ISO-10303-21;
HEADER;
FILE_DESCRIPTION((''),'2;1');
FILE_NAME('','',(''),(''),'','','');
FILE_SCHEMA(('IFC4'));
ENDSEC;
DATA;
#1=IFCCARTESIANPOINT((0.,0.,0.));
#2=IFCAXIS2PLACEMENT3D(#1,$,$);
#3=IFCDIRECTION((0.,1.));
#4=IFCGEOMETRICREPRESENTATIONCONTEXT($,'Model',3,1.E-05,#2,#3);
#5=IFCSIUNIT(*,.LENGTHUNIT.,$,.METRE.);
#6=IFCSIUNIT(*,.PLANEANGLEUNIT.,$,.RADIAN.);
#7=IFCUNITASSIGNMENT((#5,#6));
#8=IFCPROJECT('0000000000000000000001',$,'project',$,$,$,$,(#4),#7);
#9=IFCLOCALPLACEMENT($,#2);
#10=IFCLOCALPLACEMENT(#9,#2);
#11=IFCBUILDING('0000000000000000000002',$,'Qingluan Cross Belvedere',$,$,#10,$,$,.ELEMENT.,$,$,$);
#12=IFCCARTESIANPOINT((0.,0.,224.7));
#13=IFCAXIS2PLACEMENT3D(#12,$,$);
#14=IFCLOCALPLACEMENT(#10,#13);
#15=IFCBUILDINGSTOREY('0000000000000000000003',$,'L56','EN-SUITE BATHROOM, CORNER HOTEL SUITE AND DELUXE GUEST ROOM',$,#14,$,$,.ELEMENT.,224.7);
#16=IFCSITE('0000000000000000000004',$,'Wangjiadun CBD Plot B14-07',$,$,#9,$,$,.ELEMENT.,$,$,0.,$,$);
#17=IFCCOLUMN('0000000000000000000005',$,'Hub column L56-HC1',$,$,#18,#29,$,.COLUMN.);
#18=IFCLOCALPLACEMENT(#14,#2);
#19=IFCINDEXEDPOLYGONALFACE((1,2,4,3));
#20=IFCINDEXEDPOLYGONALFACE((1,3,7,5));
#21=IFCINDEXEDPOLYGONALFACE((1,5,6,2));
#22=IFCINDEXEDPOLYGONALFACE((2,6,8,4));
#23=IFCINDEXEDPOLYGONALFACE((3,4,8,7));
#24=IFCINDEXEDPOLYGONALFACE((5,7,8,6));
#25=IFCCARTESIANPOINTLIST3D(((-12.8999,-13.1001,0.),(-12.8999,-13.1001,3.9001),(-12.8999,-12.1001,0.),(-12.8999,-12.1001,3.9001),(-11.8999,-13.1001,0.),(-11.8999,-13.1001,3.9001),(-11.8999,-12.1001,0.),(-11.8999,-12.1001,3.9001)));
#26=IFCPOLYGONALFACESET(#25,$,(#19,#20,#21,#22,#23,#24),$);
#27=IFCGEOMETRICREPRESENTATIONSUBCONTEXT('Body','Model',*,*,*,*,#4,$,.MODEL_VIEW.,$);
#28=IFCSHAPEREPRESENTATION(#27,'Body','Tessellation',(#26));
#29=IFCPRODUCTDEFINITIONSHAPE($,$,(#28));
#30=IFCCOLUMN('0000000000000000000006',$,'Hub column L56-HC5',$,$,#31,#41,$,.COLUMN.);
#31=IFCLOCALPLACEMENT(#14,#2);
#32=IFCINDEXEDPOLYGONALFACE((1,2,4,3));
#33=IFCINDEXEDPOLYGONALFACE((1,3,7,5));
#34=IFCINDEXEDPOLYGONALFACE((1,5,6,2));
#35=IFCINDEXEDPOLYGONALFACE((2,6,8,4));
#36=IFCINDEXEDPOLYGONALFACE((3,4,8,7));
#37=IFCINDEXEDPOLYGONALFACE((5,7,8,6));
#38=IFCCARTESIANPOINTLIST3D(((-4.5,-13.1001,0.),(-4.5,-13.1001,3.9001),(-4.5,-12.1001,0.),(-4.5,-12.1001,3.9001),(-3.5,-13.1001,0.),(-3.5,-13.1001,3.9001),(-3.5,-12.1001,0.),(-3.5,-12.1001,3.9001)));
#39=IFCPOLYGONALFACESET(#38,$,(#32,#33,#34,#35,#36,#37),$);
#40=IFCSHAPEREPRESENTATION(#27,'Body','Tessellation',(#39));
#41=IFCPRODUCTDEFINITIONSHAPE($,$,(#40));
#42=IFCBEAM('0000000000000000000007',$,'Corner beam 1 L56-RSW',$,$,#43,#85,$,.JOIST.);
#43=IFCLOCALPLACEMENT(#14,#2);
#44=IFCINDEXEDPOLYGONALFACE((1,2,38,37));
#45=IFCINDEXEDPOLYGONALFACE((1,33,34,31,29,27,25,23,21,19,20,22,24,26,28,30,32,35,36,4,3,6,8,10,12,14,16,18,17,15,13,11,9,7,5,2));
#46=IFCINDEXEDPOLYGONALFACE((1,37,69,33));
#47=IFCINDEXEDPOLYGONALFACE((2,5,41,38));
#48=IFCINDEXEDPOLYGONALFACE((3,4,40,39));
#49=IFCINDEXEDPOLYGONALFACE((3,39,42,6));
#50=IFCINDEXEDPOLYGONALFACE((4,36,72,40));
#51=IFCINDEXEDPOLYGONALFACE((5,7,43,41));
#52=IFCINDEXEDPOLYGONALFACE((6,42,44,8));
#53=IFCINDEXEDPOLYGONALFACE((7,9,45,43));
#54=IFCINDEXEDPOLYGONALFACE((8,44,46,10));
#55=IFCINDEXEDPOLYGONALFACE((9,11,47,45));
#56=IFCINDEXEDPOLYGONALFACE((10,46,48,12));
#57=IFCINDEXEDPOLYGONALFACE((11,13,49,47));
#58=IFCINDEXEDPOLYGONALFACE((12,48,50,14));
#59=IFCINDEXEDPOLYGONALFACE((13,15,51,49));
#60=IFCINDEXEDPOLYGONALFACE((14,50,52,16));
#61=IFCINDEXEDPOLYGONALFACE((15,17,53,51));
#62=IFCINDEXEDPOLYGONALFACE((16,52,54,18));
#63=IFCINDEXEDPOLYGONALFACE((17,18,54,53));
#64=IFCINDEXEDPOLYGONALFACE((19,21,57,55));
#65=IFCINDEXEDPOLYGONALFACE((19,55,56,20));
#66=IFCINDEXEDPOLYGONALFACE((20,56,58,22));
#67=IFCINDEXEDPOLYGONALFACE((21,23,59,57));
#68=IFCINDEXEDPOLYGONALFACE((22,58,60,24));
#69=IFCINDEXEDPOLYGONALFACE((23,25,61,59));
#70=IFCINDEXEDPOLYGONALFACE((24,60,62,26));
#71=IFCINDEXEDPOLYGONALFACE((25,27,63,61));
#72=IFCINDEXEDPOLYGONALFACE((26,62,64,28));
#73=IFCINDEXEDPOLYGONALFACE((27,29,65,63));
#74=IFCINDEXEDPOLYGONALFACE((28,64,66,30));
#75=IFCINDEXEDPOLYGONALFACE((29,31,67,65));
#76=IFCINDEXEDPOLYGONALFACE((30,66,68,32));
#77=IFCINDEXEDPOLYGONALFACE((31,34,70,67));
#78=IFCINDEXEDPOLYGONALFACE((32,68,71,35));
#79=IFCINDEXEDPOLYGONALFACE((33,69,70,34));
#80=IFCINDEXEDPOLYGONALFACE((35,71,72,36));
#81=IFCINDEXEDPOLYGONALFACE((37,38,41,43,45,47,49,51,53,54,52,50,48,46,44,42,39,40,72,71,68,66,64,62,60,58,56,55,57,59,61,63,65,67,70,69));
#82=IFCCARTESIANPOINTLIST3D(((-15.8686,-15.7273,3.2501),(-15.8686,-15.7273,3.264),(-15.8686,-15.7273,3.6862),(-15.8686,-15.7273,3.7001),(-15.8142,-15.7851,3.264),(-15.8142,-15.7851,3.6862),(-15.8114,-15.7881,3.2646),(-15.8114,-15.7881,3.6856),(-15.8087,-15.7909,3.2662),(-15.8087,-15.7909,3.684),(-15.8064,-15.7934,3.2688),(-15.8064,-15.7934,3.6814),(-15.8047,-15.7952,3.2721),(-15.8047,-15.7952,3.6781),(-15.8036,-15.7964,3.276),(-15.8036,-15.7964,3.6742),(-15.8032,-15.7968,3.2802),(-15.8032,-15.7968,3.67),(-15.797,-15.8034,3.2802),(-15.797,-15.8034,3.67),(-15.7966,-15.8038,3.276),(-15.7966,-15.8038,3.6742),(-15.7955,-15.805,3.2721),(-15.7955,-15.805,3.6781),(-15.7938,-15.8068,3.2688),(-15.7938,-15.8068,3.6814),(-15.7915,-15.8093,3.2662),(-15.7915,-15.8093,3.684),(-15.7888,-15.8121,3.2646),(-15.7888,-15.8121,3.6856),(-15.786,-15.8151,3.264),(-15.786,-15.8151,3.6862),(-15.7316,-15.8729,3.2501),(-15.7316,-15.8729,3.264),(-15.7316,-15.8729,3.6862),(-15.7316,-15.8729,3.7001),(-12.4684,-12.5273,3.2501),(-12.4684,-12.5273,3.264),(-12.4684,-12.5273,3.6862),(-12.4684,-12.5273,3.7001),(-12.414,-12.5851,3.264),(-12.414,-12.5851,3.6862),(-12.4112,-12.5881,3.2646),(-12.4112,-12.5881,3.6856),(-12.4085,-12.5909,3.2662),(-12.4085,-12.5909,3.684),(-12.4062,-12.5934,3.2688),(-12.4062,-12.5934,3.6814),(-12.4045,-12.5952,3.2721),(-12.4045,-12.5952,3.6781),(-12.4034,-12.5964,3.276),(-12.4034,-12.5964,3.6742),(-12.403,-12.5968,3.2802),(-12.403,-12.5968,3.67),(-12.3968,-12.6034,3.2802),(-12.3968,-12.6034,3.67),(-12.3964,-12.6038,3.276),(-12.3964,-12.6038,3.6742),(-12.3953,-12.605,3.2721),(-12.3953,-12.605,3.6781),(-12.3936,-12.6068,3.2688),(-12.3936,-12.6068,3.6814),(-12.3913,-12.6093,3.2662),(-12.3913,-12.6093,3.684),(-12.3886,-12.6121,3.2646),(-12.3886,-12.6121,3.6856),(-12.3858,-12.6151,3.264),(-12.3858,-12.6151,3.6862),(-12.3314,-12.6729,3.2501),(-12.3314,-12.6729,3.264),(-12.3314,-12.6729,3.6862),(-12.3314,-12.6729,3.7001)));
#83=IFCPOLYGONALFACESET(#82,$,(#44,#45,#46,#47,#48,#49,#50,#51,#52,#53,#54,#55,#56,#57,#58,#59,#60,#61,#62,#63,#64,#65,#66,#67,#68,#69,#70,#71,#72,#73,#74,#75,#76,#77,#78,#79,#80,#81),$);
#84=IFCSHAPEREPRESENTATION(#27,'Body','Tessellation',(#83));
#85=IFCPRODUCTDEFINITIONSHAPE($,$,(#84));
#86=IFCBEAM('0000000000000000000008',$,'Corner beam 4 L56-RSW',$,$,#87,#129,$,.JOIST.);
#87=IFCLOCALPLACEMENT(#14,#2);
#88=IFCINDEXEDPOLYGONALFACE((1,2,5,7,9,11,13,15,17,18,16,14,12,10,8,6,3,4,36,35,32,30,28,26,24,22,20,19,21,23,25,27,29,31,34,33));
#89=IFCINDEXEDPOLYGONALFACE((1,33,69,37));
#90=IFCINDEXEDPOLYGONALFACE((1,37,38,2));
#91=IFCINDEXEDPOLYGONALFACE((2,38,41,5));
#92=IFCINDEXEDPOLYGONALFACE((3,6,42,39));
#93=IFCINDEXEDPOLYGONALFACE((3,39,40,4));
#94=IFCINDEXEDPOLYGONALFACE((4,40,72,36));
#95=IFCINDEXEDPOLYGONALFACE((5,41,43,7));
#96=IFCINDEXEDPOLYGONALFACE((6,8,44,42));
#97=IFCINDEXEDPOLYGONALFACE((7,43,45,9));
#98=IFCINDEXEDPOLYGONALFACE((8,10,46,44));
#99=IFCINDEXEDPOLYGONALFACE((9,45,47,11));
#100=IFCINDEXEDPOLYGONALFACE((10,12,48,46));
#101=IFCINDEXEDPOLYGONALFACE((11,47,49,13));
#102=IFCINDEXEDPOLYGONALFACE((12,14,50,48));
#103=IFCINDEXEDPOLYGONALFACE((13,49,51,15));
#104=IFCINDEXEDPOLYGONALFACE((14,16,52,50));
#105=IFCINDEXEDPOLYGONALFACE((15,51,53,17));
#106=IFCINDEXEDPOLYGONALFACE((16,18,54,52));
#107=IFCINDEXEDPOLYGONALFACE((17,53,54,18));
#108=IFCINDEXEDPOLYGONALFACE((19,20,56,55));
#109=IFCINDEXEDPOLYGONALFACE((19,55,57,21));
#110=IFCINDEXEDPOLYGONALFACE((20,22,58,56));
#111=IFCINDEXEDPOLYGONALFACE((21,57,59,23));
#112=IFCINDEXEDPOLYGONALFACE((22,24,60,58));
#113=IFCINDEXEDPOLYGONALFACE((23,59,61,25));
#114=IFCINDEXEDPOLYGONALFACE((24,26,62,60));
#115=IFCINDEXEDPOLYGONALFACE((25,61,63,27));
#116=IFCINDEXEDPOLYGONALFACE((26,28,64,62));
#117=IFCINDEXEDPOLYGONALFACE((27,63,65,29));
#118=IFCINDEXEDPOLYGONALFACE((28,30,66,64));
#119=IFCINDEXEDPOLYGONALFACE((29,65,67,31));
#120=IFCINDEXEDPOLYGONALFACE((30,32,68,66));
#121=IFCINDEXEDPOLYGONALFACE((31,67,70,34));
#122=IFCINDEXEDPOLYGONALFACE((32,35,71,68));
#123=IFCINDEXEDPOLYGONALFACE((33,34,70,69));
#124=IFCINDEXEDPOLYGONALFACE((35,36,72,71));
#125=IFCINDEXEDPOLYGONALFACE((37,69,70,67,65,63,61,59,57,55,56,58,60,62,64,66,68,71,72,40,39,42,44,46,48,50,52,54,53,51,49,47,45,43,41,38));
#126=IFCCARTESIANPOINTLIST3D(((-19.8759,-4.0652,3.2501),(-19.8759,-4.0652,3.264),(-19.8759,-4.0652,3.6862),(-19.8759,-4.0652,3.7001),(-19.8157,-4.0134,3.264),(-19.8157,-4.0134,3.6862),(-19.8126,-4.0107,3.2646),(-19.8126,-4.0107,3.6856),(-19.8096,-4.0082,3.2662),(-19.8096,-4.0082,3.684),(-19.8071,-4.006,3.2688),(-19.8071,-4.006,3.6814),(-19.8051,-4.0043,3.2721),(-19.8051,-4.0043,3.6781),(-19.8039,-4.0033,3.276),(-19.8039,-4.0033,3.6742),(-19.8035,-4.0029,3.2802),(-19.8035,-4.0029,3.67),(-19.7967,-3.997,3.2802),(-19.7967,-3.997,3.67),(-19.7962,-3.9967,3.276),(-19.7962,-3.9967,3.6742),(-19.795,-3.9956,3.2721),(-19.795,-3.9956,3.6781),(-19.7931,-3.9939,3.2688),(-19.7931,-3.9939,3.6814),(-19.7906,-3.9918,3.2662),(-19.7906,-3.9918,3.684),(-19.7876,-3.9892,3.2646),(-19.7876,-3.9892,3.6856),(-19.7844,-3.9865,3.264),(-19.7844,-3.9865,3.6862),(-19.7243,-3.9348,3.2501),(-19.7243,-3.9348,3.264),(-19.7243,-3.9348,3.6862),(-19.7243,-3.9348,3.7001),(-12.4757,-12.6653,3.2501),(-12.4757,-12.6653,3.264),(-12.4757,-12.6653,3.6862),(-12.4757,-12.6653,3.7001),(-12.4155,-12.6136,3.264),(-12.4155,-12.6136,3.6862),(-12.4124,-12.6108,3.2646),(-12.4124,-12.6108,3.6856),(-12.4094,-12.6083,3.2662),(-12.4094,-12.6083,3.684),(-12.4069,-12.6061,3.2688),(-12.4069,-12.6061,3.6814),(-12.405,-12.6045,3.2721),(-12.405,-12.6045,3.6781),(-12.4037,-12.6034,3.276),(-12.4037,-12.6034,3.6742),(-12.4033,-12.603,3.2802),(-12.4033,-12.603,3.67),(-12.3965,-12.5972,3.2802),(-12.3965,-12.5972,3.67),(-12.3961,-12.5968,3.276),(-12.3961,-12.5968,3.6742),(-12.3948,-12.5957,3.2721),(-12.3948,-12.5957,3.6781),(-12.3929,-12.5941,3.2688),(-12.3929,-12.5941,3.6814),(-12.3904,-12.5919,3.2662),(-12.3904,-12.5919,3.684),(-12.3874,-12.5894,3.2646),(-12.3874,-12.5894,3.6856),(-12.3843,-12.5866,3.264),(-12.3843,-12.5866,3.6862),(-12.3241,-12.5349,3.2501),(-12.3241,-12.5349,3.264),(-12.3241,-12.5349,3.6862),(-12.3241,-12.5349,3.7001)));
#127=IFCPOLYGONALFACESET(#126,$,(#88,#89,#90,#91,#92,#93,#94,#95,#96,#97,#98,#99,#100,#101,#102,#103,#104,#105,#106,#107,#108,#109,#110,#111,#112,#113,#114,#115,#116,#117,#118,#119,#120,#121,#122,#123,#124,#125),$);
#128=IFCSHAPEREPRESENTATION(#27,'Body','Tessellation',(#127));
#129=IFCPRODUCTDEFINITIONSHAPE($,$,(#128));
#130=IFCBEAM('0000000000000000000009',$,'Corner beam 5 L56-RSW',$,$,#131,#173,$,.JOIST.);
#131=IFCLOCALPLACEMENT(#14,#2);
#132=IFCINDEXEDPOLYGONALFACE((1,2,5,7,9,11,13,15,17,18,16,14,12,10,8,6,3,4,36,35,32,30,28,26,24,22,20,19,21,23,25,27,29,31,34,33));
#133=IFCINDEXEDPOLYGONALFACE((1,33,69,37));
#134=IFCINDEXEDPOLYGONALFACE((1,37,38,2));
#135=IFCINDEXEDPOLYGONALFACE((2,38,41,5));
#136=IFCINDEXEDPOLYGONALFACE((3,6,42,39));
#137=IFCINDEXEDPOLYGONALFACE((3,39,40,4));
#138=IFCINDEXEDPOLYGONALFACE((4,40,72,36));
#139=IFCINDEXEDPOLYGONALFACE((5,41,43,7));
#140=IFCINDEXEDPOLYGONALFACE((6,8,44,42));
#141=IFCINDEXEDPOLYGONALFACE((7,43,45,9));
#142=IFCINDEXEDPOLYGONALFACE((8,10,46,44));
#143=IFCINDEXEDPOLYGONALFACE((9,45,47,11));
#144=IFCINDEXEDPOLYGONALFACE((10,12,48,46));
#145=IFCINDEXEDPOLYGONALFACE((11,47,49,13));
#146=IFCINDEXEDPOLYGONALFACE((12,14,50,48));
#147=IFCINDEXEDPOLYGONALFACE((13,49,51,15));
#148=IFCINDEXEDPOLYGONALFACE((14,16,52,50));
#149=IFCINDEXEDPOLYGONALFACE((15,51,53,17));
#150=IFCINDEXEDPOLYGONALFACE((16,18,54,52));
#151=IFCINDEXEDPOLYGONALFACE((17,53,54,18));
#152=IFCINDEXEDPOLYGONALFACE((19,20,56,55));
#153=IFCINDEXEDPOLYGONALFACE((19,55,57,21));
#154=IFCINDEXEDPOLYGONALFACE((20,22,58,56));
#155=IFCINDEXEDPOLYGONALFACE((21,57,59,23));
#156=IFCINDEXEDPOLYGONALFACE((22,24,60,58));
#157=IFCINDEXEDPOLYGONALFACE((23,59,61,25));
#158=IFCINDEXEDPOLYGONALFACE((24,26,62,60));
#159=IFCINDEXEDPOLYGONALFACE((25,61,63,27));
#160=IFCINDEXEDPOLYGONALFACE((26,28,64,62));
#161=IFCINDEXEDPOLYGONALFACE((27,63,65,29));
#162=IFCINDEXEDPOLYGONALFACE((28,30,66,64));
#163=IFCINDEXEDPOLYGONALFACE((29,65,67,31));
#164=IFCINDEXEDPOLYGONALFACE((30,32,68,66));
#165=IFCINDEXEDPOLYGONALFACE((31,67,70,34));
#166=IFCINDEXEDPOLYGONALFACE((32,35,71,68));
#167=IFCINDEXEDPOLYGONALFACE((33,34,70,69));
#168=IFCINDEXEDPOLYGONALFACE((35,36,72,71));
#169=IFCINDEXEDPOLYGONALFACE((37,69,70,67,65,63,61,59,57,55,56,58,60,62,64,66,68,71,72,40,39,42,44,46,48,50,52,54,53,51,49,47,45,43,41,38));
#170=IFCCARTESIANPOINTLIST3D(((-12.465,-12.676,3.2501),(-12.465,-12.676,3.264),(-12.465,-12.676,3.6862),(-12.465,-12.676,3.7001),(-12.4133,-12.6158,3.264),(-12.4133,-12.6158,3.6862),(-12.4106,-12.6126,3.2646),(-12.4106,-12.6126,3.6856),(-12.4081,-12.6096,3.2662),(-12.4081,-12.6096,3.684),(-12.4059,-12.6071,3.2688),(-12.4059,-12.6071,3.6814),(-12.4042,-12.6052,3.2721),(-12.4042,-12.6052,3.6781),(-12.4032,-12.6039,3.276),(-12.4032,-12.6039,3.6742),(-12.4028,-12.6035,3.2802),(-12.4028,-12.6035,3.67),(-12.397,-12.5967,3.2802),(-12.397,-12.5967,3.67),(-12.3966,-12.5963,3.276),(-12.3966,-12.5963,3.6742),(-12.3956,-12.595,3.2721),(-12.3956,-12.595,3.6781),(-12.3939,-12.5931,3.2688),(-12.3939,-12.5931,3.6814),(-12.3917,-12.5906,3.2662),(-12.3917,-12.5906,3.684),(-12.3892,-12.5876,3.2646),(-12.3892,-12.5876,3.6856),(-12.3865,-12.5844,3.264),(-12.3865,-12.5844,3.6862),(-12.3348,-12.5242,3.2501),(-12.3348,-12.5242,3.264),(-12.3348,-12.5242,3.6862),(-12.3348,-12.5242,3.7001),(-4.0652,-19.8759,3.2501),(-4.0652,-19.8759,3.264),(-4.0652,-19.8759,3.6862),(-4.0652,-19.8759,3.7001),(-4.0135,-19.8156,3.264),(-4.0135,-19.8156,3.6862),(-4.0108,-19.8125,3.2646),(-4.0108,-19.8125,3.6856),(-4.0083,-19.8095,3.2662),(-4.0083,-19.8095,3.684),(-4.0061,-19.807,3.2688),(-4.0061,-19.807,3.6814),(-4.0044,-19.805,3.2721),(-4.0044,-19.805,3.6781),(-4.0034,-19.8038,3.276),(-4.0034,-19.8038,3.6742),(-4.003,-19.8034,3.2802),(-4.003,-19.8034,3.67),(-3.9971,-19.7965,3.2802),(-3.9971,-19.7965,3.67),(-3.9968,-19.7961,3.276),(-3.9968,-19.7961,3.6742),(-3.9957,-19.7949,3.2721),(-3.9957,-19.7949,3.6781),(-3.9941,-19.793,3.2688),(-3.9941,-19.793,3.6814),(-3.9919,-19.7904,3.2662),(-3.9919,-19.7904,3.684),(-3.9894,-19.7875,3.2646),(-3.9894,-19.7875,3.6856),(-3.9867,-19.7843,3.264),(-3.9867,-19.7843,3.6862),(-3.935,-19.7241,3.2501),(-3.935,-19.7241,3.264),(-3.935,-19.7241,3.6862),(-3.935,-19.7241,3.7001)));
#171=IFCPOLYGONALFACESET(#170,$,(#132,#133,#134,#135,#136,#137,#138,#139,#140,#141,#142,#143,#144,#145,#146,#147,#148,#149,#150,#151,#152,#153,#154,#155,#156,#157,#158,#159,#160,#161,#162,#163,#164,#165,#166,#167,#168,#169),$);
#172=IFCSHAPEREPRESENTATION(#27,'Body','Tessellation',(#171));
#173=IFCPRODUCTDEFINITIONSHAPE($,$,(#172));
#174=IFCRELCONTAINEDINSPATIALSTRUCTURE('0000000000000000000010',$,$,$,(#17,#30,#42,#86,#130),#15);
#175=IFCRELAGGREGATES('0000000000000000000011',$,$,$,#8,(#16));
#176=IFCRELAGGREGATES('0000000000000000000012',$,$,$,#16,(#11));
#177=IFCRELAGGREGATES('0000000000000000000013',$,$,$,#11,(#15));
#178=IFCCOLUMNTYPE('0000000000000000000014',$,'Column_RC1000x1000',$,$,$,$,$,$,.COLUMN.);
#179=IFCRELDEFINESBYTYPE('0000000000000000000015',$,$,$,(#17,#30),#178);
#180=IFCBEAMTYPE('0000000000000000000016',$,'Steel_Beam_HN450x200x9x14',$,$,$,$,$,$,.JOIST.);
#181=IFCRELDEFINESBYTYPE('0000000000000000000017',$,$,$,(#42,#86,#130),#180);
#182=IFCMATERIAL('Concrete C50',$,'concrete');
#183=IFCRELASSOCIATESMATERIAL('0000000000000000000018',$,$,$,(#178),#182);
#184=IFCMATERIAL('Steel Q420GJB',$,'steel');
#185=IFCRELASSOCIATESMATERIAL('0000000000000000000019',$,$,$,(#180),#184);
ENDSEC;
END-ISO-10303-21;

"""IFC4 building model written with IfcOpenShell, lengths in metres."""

from ifc_helpers import new_model, si_unit, direction, frame, origin, origin_2d, place, context, subcontext, project, spatial, rectangle, i_section, extrude, material, material_profile, profile_set, type_object, element, save


model = new_model("IFC4")

# Units and contexts
model_context = context("Model", 3, precision=1e-05, world=origin(), true_north=direction((0.0, 1.0)))
body_context = subcontext(model_context, "Body", "Model", "MODEL_VIEW")
ifc_project = project(units=[si_unit("LENGTHUNIT", "METRE"), si_unit("PLANEANGLEUNIT", "RADIAN")], contexts=[model_context])

# Site, building, storey
site_placement = place(None, origin())
site = spatial("IfcSite", under=ifc_project, at=site_placement, Name="Wangjiadun CBD Plot B14-07", CompositionType="ELEMENT", RefElevation=0.0)
building_placement = place(site_placement, origin())
building = spatial("IfcBuilding", under=site, at=building_placement, Name="Qingluan Cross Belvedere", CompositionType="ELEMENT")
storey_placement = place(building_placement, frame((0.0, 0.0, 224.7)))
storey = spatial("IfcBuildingStorey", under=building, at=storey_placement, Name="L56", Description="EN-SUITE BATHROOM, CORNER HOTEL SUITE AND DELUXE GUEST ROOM", CompositionType="ELEMENT", Elevation=224.7)

# Columns
ifc_material_1 = material(Name="Concrete C50", Category="concrete")
ifc_material_profile_1 = material_profile(ifc_material_1, rectangle(XDim=1.0, YDim=1.0, at=origin_2d()), Name="RC1000x1000")
ifc_profile_set_1 = profile_set([ifc_material_profile_1], Name="Concrete C50")
column_type = type_object("IfcColumnType", Name="Column_RC1000x1000", PredefinedType="COLUMN", material=ifc_profile_set_1)
for number, where, z_axis, x_axis, name in (
    (1, (-12.3999, -12.6001, 0.0), (0.0, 0.0, 1.0), (1.0, 0.0, 0.0), "Hub column L56-HC1"),
    (2, (-4.0, -12.6001, 0.0), (0.0, 0.0, 1.0), (1.0, 0.0, 0.0), "Hub column L56-HC5"),
):
    element("IfcColumn", number, at=place(storey_placement, frame(where, z_axis=z_axis, x_axis=x_axis)), inside=storey, type_object=column_type, Name=name, PredefinedType="COLUMN", context=body_context, shape_type="SweptSolid", body=[
        extrude(rectangle(XDim=1.0, YDim=1.0, at=origin_2d()), origin(), (0.0, 0.0, 1.0), 3.9001),
    ])

# Beams
ifc_material_2 = material(Name="Steel Q420GJB", Category="steel")
ifc_material_profile_2 = material_profile(ifc_material_2, i_section(OverallWidth=0.2, OverallDepth=0.45, WebThickness=0.009, FlangeThickness=0.0139, FilletRadius=0.0161, at=origin_2d()), Name="HN450x200x9x14")
ifc_profile_set_2 = profile_set([ifc_material_profile_2], Name="Steel Q420GJB")
beam_type_1 = type_object("IfcBeamType", Name="Steel_Beam_HN450x200x9x14", PredefinedType="JOIST", material=ifc_profile_set_2)
beam_1_placement = place(storey_placement, frame((-12.3999, -12.6001, 3.4751), z_axis=(-0.72822, -0.685343, 0.0), x_axis=(0.685343, -0.72822, 0.0)))
element("IfcBeam", 3, at=beam_1_placement, inside=storey, type_object=beam_type_1, Name="Corner beam 1 L56-RSW", PredefinedType="JOIST", context=body_context, shape_type="SweptSolid", body=[
    extrude(i_section(OverallWidth=0.2, OverallDepth=0.45, WebThickness=0.009, FlangeThickness=0.0139, FilletRadius=0.0161, at=origin_2d()), origin(), (0.0, 0.0, 1.0), 4.6692),
])
beam_2_placement = place(storey_placement, frame((-12.3999, -12.6001, 3.4751), z_axis=(-0.652245, 0.758008, 0.0), x_axis=(-0.758008, -0.652245, 0.0)))
element("IfcBeam", 4, at=beam_2_placement, inside=storey, type_object=beam_type_1, Name="Corner beam 4 L56-RSW", PredefinedType="JOIST", context=body_context, shape_type="SweptSolid", body=[
    extrude(i_section(OverallWidth=0.2, OverallDepth=0.45, WebThickness=0.009, FlangeThickness=0.0139, FilletRadius=0.0161, at=origin_2d()), origin(), (0.0, 0.0, 1.0), 11.3457),
])
beam_3_placement = place(storey_placement, frame((-12.3999, -12.6001, 3.4751), z_axis=(0.759255, -0.650793, 0.0), x_axis=(0.650793, 0.759255, 0.0)))
element("IfcBeam", 5, at=beam_3_placement, inside=storey, type_object=beam_type_1, Name="Corner beam 5 L56-RSW", PredefinedType="JOIST", context=body_context, shape_type="SweptSolid", body=[
    extrude(i_section(OverallWidth=0.2, OverallDepth=0.45, WebThickness=0.009, FlangeThickness=0.0139, FilletRadius=0.0161, at=origin_2d()), origin(), (0.0, 0.0, 1.0), 11.0632),
])

save(model, "model.ifc")
